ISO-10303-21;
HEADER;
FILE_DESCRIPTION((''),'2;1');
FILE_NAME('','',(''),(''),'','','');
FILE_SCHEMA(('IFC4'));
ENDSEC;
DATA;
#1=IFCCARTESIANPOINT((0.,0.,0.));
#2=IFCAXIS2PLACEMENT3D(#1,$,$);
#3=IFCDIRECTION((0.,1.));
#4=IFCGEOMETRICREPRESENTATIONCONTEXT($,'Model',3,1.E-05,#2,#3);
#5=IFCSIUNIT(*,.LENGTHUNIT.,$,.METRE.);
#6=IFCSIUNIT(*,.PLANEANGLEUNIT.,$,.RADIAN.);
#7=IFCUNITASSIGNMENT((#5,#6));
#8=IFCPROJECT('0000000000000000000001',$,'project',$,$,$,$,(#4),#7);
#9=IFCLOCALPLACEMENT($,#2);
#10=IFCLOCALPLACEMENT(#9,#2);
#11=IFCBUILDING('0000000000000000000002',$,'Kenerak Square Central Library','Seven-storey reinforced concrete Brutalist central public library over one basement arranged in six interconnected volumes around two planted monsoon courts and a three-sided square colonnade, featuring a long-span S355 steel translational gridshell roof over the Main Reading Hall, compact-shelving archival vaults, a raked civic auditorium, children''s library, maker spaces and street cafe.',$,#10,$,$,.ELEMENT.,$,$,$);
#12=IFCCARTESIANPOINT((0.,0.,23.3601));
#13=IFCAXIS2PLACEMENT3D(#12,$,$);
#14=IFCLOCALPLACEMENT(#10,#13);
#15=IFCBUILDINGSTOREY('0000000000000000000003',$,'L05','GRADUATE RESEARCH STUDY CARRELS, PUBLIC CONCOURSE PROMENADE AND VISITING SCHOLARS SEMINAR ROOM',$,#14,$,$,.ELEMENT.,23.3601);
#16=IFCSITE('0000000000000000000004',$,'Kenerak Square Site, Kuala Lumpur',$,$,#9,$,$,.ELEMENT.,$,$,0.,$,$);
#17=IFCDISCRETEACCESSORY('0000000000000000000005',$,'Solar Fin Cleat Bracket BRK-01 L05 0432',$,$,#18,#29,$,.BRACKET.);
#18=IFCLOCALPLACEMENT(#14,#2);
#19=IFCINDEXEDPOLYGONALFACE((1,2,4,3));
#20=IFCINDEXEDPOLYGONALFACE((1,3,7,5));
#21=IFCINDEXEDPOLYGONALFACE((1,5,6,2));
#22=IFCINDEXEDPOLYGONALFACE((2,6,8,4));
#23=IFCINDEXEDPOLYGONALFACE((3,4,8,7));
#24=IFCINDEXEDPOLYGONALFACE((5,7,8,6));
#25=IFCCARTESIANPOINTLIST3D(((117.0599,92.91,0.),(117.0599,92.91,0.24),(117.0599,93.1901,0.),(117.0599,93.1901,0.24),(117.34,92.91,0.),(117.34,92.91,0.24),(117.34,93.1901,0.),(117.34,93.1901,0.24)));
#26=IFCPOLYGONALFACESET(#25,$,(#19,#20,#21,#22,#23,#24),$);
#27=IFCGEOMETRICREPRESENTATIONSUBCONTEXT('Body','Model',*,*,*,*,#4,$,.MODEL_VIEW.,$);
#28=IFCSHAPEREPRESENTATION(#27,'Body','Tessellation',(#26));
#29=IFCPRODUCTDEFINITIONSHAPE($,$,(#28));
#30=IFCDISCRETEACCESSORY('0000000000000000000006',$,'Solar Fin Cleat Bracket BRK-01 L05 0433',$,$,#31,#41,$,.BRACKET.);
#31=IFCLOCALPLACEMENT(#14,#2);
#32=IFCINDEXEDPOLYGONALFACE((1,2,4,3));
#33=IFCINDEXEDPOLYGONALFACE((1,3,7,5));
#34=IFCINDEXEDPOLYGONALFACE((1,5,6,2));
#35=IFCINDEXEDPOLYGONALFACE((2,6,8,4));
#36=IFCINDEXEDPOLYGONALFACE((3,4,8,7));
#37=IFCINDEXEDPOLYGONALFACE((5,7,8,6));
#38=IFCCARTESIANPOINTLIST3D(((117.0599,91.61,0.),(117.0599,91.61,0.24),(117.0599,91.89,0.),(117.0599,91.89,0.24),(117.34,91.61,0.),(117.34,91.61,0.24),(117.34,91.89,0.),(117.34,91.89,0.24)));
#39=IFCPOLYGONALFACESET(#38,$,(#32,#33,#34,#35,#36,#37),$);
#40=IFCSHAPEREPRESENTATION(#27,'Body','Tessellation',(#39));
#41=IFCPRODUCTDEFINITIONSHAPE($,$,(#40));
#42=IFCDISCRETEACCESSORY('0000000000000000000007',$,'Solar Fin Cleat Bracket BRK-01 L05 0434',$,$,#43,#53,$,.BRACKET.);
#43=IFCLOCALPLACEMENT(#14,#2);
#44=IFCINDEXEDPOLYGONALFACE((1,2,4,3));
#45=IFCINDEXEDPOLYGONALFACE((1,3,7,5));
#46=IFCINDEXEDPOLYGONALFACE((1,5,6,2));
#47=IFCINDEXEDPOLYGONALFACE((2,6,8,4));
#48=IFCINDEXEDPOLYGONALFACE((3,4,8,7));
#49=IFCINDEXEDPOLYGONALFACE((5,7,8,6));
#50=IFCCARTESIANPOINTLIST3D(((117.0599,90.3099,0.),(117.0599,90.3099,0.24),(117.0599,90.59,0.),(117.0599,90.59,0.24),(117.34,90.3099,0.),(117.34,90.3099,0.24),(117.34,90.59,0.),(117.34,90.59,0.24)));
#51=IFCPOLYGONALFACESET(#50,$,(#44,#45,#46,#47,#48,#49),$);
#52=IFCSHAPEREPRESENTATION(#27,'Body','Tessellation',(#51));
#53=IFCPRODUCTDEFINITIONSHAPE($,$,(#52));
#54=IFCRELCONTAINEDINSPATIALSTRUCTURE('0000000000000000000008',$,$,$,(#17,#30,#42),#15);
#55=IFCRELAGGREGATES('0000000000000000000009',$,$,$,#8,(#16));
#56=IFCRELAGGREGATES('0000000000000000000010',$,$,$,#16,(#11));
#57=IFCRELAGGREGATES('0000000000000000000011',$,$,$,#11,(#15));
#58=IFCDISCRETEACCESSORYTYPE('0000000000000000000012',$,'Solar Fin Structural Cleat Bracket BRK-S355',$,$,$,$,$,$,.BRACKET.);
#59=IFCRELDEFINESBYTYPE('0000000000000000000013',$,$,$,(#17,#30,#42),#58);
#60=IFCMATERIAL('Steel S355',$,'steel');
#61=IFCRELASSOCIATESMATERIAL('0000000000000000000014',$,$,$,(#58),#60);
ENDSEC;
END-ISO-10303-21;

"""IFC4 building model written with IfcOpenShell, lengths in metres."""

from ifc_helpers import new_model, si_unit, direction, frame, origin, origin_2d, place, context, subcontext, project, spatial, rectangle, extrude, material, type_object, element, save


model = new_model("IFC4")

# Units and contexts
model_context = context("Model", 3, precision=1e-05, world=origin(), true_north=direction((0.0, 1.0)))
body_context = subcontext(model_context, "Body", "Model", "MODEL_VIEW")
ifc_project = project(units=[si_unit("LENGTHUNIT", "METRE"), si_unit("PLANEANGLEUNIT", "RADIAN")], contexts=[model_context])

# Site, building, storey
site_placement = place(None, origin())
site = spatial("IfcSite", under=ifc_project, at=site_placement, Name="Kenerak Square Site, Kuala Lumpur", CompositionType="ELEMENT", RefElevation=0.0)
building_placement = place(site_placement, origin())
building = spatial("IfcBuilding", under=site, at=building_placement, Name="Kenerak Square Central Library", Description="Seven-storey reinforced concrete Brutalist central public library over one basement arranged in six interconnected volumes around two planted monsoon courts and a three-sided square colonnade, featuring a long-span S355 steel translational gridshell roof over the Main Reading Hall, compact-shelving archival vaults, a raked civic auditorium, children's library, maker spaces and street cafe.", CompositionType="ELEMENT")
storey_placement = place(building_placement, frame((0.0, 0.0, 23.3601)))
storey = spatial("IfcBuildingStorey", under=building, at=storey_placement, Name="L05", Description="GRADUATE RESEARCH STUDY CARRELS, PUBLIC CONCOURSE PROMENADE AND VISITING SCHOLARS SEMINAR ROOM", CompositionType="ELEMENT", Elevation=23.3601)

# Shared definitions
ifc_material_1 = material(Name="Steel S355", Category="steel")

# Discrete accessories
discrete_accessory_type = type_object("IfcDiscreteAccessoryType", Name="Solar Fin Structural Cleat Bracket BRK-S355", PredefinedType="BRACKET", material=ifc_material_1)
for number, where, z_axis, x_axis, name in (
    (1, (117.2, 93.05, 0.0), (0.0, 0.0, 1.0), (0.0, -1.0, 0.0), "Solar Fin Cleat Bracket BRK-01 L05 0432"),
    (2, (117.2, 91.75, 0.0), (0.0, 0.0, 1.0), (0.0, -1.0, 0.0), "Solar Fin Cleat Bracket BRK-01 L05 0433"),
    (3, (117.2, 90.45, 0.0), (0.0, 0.0, 1.0), (0.0, -1.0, 0.0), "Solar Fin Cleat Bracket BRK-01 L05 0434"),
):
    element("IfcDiscreteAccessory", number, at=place(storey_placement, frame(where, z_axis=z_axis, x_axis=x_axis)), inside=storey, type_object=discrete_accessory_type, Name=name, PredefinedType="BRACKET", context=body_context, shape_type="SweptSolid", body=[
        extrude(rectangle(XDim=0.28, YDim=0.28, at=origin_2d()), origin(), (0.0, 0.0, 1.0), 0.24),
    ])

save(model, "model.ifc")
